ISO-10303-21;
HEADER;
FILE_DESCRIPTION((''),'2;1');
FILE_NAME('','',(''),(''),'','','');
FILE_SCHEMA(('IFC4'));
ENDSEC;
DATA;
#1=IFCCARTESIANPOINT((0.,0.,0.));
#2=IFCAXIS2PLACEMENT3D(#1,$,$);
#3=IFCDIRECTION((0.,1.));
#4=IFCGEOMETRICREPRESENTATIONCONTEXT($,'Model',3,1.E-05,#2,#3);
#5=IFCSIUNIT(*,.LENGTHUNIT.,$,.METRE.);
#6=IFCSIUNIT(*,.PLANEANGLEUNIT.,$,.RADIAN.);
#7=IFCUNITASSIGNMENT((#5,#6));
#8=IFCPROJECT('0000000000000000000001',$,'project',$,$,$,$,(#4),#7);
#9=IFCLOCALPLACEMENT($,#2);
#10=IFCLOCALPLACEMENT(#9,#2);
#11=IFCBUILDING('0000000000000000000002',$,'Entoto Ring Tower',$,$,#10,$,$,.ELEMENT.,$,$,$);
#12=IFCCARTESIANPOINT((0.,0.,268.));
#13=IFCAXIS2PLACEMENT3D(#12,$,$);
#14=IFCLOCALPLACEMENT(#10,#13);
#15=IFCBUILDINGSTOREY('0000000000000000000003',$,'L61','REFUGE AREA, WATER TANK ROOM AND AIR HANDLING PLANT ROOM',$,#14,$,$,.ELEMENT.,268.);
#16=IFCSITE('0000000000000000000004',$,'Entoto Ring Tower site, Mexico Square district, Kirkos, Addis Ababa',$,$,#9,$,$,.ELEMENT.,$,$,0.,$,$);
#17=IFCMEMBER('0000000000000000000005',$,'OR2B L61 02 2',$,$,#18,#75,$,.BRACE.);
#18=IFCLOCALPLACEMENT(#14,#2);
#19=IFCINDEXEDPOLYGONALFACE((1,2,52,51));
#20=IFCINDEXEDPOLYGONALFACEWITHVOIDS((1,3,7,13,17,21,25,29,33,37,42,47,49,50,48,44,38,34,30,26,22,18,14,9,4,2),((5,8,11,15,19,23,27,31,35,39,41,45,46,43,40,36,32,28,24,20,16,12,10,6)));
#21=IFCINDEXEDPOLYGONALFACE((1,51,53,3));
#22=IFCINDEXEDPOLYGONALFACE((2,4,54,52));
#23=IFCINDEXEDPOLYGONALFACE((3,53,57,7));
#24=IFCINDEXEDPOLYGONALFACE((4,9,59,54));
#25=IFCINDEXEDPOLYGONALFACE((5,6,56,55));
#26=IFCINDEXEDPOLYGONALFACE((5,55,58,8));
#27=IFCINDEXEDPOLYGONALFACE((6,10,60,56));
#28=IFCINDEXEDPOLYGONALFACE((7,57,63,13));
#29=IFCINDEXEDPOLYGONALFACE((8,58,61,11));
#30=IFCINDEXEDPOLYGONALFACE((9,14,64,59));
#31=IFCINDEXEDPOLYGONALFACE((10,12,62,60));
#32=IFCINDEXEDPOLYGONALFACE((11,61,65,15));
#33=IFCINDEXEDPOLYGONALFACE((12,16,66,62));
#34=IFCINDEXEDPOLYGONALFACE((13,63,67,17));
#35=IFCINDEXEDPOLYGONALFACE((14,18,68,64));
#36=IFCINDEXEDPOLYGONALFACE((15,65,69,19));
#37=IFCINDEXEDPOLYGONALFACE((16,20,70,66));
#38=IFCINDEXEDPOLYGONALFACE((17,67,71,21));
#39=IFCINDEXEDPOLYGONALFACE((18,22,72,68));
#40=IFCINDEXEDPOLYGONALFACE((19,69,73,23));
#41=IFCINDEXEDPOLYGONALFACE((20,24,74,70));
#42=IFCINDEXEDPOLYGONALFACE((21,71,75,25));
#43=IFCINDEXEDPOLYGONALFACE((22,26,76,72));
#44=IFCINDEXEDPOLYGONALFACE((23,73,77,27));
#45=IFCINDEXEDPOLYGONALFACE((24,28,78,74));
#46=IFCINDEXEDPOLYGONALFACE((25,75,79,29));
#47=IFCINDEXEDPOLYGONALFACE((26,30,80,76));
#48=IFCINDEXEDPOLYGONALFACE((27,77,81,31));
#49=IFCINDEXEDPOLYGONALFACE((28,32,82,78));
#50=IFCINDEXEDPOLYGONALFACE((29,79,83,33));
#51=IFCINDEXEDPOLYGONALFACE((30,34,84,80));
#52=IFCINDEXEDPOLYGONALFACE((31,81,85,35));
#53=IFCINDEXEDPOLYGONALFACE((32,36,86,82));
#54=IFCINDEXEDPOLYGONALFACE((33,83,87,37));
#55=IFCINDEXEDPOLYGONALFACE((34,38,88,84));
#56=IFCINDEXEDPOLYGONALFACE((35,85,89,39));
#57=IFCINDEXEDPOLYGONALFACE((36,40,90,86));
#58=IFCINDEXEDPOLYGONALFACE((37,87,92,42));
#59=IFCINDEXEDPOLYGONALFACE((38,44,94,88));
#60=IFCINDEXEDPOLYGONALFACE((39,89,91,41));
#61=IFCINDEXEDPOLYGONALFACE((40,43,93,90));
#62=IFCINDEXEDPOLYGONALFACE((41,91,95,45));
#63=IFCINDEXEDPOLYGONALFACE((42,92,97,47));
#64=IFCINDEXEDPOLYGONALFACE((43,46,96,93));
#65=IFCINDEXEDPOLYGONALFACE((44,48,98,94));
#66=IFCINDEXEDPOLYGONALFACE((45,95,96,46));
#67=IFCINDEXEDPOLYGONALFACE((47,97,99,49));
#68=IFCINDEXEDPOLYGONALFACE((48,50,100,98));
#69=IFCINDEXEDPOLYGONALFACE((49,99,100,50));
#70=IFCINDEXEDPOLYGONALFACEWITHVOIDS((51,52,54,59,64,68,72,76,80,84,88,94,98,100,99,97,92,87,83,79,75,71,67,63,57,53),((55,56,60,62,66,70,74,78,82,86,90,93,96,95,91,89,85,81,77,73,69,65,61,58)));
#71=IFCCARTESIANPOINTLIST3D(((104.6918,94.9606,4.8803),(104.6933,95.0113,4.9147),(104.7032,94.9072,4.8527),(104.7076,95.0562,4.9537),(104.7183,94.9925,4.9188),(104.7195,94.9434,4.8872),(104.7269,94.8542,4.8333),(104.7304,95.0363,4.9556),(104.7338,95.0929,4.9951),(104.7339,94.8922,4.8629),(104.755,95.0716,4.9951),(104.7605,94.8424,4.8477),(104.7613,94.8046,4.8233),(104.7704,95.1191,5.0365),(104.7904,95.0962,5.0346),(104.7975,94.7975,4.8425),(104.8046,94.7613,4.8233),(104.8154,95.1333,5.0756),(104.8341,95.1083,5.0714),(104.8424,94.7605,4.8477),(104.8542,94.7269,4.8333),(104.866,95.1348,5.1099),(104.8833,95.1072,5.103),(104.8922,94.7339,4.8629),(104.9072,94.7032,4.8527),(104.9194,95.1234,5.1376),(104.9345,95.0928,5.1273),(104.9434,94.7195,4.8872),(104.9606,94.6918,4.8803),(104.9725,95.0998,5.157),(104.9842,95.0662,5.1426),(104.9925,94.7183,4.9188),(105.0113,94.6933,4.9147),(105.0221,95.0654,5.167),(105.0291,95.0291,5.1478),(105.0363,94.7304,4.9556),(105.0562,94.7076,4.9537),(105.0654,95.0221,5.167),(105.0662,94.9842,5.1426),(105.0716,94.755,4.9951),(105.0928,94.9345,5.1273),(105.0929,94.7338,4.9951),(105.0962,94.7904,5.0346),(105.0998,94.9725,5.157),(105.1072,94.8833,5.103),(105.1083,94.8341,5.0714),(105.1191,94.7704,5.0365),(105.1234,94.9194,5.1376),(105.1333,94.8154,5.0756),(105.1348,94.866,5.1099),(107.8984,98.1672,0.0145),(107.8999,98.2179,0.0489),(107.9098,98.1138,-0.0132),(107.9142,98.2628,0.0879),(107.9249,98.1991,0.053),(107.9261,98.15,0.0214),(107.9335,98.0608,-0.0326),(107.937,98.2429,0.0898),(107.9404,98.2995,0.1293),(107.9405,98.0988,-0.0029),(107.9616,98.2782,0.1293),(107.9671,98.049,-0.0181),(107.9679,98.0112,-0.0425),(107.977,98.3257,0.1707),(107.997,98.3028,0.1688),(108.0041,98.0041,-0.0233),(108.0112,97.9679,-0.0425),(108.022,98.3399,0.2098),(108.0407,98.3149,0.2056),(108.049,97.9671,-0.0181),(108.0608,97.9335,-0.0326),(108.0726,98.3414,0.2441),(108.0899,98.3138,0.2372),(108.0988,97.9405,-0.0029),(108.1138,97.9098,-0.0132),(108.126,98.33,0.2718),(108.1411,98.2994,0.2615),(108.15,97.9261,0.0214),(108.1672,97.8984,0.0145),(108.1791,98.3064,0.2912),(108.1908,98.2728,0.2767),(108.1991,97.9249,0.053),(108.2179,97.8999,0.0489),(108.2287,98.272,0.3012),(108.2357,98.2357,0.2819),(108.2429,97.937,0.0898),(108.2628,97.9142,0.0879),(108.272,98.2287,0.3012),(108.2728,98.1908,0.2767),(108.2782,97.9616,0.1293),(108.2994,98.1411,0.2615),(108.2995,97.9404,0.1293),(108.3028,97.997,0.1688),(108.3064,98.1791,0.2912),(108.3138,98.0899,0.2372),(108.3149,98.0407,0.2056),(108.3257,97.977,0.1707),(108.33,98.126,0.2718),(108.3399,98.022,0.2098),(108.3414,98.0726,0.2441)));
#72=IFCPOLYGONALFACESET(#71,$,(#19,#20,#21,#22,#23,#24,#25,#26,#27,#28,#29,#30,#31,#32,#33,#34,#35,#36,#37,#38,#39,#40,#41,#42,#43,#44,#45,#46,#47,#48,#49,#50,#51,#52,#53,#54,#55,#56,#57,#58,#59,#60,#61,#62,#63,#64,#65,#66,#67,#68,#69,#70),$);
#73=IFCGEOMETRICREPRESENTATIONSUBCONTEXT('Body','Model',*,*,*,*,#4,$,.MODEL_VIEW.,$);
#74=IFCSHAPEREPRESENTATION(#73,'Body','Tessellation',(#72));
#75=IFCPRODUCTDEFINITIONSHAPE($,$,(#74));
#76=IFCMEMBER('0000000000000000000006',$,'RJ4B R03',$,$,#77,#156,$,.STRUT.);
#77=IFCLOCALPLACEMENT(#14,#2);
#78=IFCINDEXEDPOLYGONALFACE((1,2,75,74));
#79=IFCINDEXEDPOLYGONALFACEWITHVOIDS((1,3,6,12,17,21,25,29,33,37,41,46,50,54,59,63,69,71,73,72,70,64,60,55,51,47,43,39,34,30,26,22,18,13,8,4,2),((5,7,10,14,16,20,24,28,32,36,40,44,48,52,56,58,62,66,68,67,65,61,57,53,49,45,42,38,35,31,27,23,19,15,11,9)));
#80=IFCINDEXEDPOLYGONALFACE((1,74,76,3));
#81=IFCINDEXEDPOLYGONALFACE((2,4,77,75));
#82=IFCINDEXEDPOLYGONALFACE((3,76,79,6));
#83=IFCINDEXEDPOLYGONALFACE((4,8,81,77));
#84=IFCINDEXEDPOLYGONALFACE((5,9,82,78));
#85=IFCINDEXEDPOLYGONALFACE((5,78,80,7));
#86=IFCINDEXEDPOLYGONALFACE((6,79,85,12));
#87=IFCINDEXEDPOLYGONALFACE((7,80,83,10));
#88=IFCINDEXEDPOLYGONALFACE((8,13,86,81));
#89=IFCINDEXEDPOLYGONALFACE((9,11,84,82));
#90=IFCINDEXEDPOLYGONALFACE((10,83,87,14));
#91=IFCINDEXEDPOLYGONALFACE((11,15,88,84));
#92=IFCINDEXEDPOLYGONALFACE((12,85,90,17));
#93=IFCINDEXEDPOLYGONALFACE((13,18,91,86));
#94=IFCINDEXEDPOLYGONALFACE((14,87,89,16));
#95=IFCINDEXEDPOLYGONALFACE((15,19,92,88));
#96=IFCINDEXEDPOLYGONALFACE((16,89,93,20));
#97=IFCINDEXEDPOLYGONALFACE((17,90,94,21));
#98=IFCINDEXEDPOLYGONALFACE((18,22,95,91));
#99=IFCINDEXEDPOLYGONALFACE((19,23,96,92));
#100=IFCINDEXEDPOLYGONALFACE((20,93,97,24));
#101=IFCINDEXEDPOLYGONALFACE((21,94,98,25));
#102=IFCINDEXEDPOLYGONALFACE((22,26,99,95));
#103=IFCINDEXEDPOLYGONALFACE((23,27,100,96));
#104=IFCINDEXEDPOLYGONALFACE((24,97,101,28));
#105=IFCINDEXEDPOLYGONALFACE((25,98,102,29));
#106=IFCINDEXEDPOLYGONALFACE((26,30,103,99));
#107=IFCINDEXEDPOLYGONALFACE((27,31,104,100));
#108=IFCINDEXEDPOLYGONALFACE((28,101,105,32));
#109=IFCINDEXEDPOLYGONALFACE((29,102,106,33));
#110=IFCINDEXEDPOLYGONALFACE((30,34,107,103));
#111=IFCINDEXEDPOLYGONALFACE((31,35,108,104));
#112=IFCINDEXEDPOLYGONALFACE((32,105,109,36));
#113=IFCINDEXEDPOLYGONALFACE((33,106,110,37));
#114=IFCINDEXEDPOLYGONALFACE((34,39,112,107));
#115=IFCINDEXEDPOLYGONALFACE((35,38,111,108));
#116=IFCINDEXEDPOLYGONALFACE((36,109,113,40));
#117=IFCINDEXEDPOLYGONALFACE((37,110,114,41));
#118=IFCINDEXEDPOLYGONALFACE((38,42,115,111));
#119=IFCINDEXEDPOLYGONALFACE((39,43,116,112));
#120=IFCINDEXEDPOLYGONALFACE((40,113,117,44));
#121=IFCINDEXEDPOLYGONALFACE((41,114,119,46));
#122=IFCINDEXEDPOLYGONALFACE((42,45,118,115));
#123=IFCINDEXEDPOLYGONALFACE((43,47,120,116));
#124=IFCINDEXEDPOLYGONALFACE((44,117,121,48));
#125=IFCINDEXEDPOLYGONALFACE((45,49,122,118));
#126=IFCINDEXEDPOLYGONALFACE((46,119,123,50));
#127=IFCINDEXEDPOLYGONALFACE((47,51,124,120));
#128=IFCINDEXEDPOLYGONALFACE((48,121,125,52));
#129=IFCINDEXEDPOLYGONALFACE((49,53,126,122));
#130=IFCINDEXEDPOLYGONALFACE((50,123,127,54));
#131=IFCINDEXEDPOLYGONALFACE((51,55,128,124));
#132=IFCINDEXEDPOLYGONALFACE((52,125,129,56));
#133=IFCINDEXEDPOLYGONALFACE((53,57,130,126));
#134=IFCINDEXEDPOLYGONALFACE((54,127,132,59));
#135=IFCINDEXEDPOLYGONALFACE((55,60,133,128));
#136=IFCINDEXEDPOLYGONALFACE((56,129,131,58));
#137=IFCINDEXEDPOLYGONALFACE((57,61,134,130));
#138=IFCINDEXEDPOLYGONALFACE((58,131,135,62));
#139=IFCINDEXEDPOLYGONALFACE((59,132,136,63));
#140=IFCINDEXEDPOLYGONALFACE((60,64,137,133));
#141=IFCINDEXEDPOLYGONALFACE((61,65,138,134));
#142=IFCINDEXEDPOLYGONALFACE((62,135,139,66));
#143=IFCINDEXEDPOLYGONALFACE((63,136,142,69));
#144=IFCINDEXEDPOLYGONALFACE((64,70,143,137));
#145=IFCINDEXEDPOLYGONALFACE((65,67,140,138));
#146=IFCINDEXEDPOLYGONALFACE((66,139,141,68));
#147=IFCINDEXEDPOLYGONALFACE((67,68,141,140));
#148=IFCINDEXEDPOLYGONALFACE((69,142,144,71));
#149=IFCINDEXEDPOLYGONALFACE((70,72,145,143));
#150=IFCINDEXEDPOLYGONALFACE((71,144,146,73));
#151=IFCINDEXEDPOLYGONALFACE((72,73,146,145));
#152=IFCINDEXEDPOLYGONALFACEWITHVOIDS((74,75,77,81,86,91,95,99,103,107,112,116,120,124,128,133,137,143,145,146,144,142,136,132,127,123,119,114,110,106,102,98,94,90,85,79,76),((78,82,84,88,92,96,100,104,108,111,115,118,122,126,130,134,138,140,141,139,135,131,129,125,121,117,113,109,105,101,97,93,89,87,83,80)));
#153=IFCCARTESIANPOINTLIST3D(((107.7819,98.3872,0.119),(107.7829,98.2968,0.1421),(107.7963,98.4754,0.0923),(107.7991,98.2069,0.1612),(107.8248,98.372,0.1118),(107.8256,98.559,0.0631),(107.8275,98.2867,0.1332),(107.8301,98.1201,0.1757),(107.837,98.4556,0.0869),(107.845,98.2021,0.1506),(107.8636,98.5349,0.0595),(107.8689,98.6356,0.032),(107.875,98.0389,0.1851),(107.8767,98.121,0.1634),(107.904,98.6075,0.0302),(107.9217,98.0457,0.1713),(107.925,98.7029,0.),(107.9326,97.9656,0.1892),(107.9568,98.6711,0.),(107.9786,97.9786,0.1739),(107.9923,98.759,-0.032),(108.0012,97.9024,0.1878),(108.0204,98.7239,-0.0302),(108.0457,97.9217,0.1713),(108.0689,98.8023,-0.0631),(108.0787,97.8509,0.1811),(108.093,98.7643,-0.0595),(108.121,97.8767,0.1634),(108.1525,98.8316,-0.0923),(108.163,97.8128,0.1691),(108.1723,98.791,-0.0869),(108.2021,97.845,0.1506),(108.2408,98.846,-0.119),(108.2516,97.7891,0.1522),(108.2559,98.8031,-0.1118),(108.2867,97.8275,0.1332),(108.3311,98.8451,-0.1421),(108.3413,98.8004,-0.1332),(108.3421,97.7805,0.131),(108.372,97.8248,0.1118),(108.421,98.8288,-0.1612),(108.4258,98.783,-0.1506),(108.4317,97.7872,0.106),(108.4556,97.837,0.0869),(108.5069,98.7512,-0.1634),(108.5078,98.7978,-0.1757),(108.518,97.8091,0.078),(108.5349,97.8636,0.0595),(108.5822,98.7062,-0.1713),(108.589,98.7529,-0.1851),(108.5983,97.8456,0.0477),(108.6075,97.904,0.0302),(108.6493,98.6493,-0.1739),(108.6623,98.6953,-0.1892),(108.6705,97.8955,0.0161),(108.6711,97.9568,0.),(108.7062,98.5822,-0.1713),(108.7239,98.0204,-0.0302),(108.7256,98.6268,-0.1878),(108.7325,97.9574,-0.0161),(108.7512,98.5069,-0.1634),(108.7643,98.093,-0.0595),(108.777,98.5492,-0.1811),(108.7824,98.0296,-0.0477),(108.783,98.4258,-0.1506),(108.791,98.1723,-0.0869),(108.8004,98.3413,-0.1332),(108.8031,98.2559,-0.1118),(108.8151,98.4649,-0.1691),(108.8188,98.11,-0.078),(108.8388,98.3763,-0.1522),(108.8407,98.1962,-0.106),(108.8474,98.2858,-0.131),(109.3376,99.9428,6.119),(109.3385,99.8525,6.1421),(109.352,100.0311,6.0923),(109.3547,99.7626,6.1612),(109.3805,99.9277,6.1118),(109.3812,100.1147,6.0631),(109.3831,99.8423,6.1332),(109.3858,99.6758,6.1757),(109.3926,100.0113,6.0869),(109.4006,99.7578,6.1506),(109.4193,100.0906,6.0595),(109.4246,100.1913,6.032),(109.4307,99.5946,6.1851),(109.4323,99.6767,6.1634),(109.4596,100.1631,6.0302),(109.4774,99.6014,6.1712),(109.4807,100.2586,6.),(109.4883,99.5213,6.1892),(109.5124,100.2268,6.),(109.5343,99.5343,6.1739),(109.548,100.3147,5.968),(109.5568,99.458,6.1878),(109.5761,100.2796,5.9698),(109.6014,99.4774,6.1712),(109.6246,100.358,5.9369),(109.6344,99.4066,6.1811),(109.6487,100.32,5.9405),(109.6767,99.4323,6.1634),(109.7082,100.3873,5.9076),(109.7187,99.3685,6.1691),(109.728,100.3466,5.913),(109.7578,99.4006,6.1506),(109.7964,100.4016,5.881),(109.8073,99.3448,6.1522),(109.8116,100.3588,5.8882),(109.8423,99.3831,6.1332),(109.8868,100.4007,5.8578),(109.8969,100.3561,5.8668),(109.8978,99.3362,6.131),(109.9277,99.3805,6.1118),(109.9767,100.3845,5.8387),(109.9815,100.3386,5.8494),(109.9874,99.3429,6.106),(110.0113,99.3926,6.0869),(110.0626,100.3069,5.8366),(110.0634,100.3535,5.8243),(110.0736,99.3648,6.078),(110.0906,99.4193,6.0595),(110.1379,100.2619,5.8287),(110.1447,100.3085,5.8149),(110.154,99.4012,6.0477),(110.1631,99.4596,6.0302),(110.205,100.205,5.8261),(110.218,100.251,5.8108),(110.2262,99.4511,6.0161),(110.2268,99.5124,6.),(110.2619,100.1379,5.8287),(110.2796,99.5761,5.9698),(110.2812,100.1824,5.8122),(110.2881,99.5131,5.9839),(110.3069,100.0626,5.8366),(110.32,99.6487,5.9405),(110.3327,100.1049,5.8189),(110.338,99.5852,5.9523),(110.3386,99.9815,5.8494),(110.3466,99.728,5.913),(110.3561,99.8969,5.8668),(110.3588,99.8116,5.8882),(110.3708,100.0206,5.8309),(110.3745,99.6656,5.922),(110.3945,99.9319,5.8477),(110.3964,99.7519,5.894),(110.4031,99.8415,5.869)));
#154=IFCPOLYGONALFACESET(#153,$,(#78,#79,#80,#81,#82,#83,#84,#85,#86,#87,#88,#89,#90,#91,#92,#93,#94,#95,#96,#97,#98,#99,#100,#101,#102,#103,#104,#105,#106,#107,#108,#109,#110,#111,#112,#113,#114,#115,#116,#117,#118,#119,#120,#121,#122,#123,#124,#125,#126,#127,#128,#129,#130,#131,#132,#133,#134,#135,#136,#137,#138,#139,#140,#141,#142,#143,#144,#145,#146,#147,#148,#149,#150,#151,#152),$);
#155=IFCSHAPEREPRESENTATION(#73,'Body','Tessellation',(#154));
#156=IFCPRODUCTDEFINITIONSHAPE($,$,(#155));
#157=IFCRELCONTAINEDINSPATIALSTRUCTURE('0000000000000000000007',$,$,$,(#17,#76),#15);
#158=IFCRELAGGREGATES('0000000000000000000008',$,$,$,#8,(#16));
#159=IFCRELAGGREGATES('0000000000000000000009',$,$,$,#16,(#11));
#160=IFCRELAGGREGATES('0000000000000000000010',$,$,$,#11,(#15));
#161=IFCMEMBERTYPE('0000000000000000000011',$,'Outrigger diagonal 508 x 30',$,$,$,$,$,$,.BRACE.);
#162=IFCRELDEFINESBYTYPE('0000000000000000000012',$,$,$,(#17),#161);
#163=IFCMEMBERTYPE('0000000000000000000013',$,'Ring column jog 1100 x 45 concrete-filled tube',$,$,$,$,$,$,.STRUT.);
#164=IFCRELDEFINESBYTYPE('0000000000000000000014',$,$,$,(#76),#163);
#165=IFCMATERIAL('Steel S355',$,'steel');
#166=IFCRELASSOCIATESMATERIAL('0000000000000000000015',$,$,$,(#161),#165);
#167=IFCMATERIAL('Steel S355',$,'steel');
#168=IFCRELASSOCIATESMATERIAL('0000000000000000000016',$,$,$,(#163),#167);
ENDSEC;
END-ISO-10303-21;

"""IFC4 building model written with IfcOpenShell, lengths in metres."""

from ifc_helpers import new_model, si_unit, direction, frame, origin, origin_2d, place, context, subcontext, project, spatial, circle, hollow_circle, extrude, material, material_profile, profile_set, type_object, element, save


model = new_model("IFC4")

# Units and contexts
model_context = context("Model", 3, precision=1e-05, world=origin(), true_north=direction((0.0, 1.0)))
body_context = subcontext(model_context, "Body", "Model", "MODEL_VIEW")
ifc_project = project(units=[si_unit("LENGTHUNIT", "METRE"), si_unit("PLANEANGLEUNIT", "RADIAN")], contexts=[model_context])

# Site, building, storey
site_placement = place(None, origin())
site = spatial("IfcSite", under=ifc_project, at=site_placement, Name="Entoto Ring Tower site, Mexico Square district, Kirkos, Addis Ababa", CompositionType="ELEMENT", RefElevation=0.0)
building_placement = place(site_placement, origin())
building = spatial("IfcBuilding", under=site, at=building_placement, Name="Entoto Ring Tower", CompositionType="ELEMENT")
storey_placement = place(building_placement, frame((0.0, 0.0, 268.0)))
storey = spatial("IfcBuildingStorey", under=building, at=storey_placement, Name="L61", Description="REFUGE AREA, WATER TANK ROOM AND AIR HANDLING PLANT ROOM", CompositionType="ELEMENT", Elevation=268.0)

# Members
ifc_material_1 = material(Name="Steel S355", Category="steel")
ifc_material_profile_1 = material_profile(ifc_material_1, hollow_circle(Radius=0.2539, WallThickness=0.03, at=origin_2d()), Name="CHS 508 x 30")
ifc_material_2 = material(Name="Concrete C60/75", Category="concrete")
ifc_material_profile_2 = material_profile(ifc_material_2, circle(Radius=0.2241, at=origin_2d()), Name="Concrete C60/75 infill")
ifc_profile_set_1 = profile_set([ifc_material_profile_1, ifc_material_profile_2], Name="Steel S355")
member_type_1 = type_object("IfcMemberType", Name="Outrigger diagonal 508 x 30", PredefinedType="BRACE", material=ifc_profile_set_1)
member_1_placement = place(storey_placement, frame((104.9133, 94.9133, 4.9951), z_axis=(0.482096, 0.482096, -0.73155), x_axis=(-0.707107, 0.707107, 0.0)))
element("IfcMember", 1, at=member_1_placement, inside=storey, type_object=member_type_1, Name="OR2B L61 02 2", PredefinedType="BRACE", context=body_context, shape_type="SweptSolid", body=[
    extrude(hollow_circle(Radius=0.2539, WallThickness=0.03, at=origin_2d()), origin(), (0.0, 0.0, 1.0), 6.6514),
])
ifc_material_3 = material(Name="Steel S355", Category="steel")
ifc_material_profile_3 = material_profile(ifc_material_3, hollow_circle(Radius=0.55, WallThickness=0.0449, at=origin_2d()), Name="CHS 1100 x 45")
ifc_material_4 = material(Name="Concrete C60/75", Category="concrete")
ifc_material_profile_4 = material_profile(ifc_material_4, circle(Radius=0.5049, at=origin_2d()), Name="Concrete C60/75 infill")
ifc_profile_set_2 = profile_set([ifc_material_profile_3, ifc_material_profile_4], Name="Steel S355")
member_type_2 = type_object("IfcMemberType", Name="Ring column jog 1100 x 45 concrete-filled tube", PredefinedType="STRUT", material=ifc_profile_set_2)
member_2_placement = place(storey_placement, frame((108.314, 98.314, 0.0), z_axis=(0.243429, 0.243429, 0.938874), x_axis=(-0.707107, 0.707107, 0.0)))
element("IfcMember", 2, at=member_2_placement, inside=storey, type_object=member_type_2, Name="RJ4B R03", PredefinedType="STRUT", context=body_context, shape_type="SweptSolid", body=[
    extrude(hollow_circle(Radius=0.55, WallThickness=0.0449, at=origin_2d()), origin(), (0.0, 0.0, 1.0), 6.3906),
])

save(model, "model.ifc")
